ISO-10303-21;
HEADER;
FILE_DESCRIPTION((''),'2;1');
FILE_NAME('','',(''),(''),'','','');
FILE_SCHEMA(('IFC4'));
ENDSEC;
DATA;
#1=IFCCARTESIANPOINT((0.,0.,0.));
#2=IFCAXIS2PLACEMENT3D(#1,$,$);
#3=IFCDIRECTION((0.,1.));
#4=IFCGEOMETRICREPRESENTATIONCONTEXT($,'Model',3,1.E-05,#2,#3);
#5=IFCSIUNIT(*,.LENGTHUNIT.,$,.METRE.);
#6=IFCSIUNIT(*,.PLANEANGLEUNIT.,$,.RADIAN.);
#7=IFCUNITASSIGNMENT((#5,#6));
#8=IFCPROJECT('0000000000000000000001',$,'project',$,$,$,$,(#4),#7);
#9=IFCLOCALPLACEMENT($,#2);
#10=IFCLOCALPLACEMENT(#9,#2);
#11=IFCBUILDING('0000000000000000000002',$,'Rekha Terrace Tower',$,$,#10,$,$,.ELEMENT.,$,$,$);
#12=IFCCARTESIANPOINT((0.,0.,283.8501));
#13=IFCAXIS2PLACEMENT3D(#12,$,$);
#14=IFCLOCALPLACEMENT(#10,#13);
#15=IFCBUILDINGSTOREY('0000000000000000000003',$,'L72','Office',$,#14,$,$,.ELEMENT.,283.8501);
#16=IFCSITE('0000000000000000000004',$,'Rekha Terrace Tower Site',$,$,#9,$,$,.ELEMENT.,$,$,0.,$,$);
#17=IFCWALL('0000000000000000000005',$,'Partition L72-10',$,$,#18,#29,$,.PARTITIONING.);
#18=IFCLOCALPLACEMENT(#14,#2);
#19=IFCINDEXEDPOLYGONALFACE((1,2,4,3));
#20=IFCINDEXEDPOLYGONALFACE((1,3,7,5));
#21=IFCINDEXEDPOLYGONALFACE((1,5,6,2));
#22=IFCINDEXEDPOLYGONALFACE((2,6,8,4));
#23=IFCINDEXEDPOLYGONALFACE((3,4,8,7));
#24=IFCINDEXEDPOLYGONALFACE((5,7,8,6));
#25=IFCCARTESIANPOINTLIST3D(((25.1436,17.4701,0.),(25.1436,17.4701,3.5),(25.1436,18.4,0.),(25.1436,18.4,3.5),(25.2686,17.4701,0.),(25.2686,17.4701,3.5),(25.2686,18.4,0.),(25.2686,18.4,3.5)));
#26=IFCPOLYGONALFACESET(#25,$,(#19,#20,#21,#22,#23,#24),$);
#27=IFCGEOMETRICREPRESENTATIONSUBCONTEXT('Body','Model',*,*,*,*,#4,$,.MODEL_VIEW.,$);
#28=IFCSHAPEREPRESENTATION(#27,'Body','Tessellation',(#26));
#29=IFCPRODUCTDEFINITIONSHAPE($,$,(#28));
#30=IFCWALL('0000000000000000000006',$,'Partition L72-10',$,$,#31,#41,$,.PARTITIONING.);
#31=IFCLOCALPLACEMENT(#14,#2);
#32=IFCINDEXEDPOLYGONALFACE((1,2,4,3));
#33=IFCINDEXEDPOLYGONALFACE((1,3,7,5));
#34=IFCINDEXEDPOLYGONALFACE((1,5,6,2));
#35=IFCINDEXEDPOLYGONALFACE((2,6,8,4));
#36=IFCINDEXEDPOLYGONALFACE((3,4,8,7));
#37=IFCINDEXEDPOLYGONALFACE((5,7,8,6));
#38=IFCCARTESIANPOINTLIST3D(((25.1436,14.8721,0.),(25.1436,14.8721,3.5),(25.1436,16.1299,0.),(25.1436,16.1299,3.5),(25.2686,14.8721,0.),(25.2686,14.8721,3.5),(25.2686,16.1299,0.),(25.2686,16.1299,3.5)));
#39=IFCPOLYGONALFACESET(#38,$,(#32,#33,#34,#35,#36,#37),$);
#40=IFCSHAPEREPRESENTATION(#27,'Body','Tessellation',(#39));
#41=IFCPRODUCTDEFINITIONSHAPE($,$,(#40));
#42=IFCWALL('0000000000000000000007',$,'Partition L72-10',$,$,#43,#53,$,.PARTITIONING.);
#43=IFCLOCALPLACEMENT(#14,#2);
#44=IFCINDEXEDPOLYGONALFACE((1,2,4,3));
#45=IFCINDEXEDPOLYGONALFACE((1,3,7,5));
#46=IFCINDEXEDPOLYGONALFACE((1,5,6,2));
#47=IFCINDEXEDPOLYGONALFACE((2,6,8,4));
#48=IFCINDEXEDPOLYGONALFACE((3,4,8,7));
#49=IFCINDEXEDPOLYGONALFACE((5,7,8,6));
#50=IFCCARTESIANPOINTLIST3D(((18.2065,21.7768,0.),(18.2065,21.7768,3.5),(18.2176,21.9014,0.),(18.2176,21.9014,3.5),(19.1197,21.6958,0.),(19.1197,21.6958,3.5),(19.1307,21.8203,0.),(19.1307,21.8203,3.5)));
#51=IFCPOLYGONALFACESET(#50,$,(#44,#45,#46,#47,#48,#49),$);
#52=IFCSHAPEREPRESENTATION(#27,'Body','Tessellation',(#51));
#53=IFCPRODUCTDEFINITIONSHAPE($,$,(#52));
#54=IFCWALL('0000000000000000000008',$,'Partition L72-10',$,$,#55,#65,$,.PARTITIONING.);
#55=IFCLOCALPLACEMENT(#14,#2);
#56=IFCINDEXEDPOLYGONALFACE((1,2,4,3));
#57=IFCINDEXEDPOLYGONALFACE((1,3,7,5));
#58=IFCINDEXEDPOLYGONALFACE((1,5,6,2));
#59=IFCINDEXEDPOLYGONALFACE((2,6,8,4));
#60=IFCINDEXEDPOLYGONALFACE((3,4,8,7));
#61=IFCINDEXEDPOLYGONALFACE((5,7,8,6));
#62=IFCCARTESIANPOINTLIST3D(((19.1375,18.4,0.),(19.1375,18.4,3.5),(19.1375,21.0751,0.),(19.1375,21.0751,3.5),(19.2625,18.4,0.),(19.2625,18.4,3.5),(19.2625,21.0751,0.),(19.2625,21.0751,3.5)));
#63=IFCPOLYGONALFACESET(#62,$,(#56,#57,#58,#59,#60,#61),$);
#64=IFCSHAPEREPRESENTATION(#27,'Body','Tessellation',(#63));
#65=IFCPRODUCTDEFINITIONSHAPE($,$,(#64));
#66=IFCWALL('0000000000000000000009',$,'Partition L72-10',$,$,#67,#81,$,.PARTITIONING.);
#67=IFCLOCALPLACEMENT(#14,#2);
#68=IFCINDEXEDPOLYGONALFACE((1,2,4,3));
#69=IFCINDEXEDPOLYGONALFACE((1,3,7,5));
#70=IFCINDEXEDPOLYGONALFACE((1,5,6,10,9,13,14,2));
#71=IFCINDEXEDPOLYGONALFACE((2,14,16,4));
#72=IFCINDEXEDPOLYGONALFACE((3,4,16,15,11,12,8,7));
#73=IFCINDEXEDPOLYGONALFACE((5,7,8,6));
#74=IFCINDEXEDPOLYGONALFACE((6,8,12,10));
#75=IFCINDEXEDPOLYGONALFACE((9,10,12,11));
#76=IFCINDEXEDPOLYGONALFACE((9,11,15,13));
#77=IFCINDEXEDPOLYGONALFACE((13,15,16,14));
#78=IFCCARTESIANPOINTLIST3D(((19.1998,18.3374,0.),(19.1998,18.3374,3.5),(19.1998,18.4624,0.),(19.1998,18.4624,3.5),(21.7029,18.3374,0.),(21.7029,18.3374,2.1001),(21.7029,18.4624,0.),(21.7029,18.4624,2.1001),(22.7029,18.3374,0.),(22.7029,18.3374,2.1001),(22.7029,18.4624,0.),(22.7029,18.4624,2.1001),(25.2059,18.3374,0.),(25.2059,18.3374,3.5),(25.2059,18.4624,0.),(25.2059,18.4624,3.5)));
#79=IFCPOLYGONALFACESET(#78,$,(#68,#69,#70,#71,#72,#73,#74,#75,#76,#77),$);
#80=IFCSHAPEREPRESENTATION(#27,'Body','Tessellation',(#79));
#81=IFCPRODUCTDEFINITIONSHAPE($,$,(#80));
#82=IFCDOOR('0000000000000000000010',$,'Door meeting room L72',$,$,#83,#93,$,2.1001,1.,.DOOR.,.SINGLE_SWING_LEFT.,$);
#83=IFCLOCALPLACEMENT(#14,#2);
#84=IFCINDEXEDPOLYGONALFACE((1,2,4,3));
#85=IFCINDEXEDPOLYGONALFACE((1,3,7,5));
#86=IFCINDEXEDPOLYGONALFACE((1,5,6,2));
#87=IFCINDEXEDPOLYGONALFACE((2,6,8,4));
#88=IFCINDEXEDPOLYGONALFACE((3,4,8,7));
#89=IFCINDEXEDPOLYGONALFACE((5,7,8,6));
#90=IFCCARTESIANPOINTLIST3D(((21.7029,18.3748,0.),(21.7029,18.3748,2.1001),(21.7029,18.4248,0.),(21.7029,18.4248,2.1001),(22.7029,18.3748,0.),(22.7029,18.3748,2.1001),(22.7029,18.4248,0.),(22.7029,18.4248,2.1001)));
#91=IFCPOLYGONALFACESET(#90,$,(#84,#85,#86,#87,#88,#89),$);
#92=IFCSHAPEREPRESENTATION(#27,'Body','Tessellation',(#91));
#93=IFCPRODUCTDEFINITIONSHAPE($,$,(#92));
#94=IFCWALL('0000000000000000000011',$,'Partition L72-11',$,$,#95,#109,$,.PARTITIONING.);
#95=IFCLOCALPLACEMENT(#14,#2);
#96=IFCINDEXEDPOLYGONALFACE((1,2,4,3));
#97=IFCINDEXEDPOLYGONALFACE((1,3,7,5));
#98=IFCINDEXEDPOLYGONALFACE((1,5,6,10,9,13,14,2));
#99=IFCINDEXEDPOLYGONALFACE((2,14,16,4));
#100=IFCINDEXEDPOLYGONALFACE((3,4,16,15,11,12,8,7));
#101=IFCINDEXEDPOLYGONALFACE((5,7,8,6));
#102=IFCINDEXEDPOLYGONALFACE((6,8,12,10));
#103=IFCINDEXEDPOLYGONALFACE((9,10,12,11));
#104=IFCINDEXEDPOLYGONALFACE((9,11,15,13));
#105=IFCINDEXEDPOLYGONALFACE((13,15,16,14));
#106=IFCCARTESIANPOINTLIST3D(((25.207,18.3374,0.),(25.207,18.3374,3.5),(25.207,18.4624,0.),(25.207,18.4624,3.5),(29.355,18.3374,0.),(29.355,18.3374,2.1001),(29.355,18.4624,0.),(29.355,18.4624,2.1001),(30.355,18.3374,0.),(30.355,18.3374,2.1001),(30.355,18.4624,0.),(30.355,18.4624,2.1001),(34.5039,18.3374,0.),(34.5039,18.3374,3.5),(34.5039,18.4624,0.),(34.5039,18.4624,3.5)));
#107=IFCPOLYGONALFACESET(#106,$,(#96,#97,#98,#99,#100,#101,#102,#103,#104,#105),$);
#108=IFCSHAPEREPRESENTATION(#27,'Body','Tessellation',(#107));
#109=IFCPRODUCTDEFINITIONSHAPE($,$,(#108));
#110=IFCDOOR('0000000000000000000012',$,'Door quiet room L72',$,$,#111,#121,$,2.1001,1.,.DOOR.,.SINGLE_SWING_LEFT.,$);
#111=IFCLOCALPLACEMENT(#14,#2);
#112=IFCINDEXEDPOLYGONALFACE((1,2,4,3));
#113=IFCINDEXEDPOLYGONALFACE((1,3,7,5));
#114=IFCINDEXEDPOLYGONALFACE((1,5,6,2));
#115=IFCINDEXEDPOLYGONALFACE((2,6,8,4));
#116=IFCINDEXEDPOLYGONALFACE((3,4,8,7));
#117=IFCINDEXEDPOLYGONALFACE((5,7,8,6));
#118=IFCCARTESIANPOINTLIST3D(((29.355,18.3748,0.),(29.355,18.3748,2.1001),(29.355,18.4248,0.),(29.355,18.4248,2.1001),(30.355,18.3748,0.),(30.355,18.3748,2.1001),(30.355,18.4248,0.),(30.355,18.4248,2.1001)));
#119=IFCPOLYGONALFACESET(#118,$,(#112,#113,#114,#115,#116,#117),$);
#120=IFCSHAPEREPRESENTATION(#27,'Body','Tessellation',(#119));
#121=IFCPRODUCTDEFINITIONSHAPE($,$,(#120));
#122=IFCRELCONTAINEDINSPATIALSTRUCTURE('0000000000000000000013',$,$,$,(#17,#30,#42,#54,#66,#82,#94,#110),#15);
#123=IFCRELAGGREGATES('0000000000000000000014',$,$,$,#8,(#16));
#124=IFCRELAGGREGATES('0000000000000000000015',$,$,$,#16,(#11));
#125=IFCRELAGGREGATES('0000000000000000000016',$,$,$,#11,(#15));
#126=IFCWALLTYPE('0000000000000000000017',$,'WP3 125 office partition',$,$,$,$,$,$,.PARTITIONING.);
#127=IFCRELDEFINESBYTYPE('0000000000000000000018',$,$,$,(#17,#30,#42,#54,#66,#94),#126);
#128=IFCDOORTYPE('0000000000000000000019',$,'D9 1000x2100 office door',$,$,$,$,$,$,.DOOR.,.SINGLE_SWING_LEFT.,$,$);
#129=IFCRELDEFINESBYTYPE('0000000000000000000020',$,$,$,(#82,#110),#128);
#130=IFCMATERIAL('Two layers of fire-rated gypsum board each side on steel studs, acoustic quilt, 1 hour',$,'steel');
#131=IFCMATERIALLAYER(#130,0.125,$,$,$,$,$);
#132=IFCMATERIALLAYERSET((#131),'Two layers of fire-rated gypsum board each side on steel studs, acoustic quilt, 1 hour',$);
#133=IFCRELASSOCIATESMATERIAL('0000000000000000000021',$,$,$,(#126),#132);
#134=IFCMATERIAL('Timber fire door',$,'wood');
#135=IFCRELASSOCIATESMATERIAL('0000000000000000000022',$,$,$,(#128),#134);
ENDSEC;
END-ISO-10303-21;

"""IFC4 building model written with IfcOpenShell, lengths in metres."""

from ifc_helpers import new_model, si_unit, direction, frame, frame_2d, origin, place, context, subcontext, project, spatial, rectangle, extrude, material, layer, layer_set, type_object, element, fill, save


model = new_model("IFC4")

# Units and contexts
model_context = context("Model", 3, precision=1e-05, world=origin(), true_north=direction((0.0, 1.0)))
body_context = subcontext(model_context, "Body", "Model", "MODEL_VIEW")
ifc_project = project(units=[si_unit("LENGTHUNIT", "METRE"), si_unit("PLANEANGLEUNIT", "RADIAN")], contexts=[model_context])

# Site, building, storey
site_placement = place(None, origin())
site = spatial("IfcSite", under=ifc_project, at=site_placement, Name="Rekha Terrace Tower Site", CompositionType="ELEMENT", RefElevation=0.0)
building_placement = place(site_placement, origin())
building = spatial("IfcBuilding", under=site, at=building_placement, Name="Rekha Terrace Tower", CompositionType="ELEMENT")
storey_placement = place(building_placement, frame((0.0, 0.0, 283.8501)))
storey = spatial("IfcBuildingStorey", under=building, at=storey_placement, Name="L72", Description="Office", CompositionType="ELEMENT", Elevation=283.8501)

# Walls
ifc_material_1 = material(Name="Two layers of fire-rated gypsum board each side on steel studs, acoustic quilt, 1 hour", Category="steel")
ifc_layer_1 = layer(ifc_material_1, 0.125)
ifc_layer_set_1 = layer_set([ifc_layer_1], Name="Two layers of fire-rated gypsum board each side on steel studs, acoustic quilt, 1 hour")
wall_type_1 = type_object("IfcWallType", Name="WP3 125 office partition", PredefinedType="PARTITIONING", material=ifc_layer_set_1)
wall_1_placement = place(storey_placement, frame((25.2061, 18.3999, 0.0), z_axis=(0.0, 0.0, 1.0), x_axis=(0.0, -1.0, 0.0)))
element("IfcWall", 1, at=wall_1_placement, inside=storey, type_object=wall_type_1, Name="Partition L72-10", PredefinedType="PARTITIONING", context=body_context, shape_type="SweptSolid", body=[
    extrude(rectangle(XDim=0.9299, YDim=0.125, at=frame_2d((0.4648, 0.0))), origin(), (0.0, 0.0, 1.0), 3.5),
])
wall_2_placement = place(storey_placement, frame((25.2061, 16.1299, 0.0), z_axis=(0.0, 0.0, 1.0), x_axis=(0.0, -1.0, 0.0)))
element("IfcWall", 2, at=wall_2_placement, inside=storey, type_object=wall_type_1, Name="Partition L72-10", PredefinedType="PARTITIONING", context=body_context, shape_type="SweptSolid", body=[
    extrude(rectangle(XDim=1.2578, YDim=0.125, at=frame_2d((0.6289, 0.0))), origin(), (0.0, 0.0, 1.0), 3.5),
])
wall_3_placement = place(storey_placement, frame((18.2119, 21.8391, 0.0), z_axis=(0.0, 0.0, 1.0), x_axis=(0.996083, -0.088422, 0.0)))
element("IfcWall", 3, at=wall_3_placement, inside=storey, type_object=wall_type_1, Name="Partition L72-10", PredefinedType="PARTITIONING", context=body_context, shape_type="SweptSolid", body=[
    extrude(rectangle(XDim=0.9167, YDim=0.125, at=frame_2d((0.4585, 0.0))), origin(), (0.0, 0.0, 1.0), 3.5),
])
wall_4_placement = place(storey_placement, frame((19.2, 21.075, 0.0), z_axis=(0.0, 0.0, 1.0), x_axis=(0.0, -1.0, 0.0)))
element("IfcWall", 4, at=wall_4_placement, inside=storey, type_object=wall_type_1, Name="Partition L72-10", PredefinedType="PARTITIONING", context=body_context, shape_type="SweptSolid", body=[
    extrude(rectangle(XDim=2.675, YDim=0.125, at=frame_2d((1.3374, 0.0))), origin(), (0.0, 0.0, 1.0), 3.5),
])

# Walls, openings, doors
wall_5_placement = place(storey_placement, frame((19.2, 18.3999, 0.0), z_axis=(0.0, 0.0, 1.0), x_axis=(1.0, 0.0, 0.0)))
wall_5 = element("IfcWall", 5, at=wall_5_placement, inside=storey, type_object=wall_type_1, Name="Partition L72-10", PredefinedType="PARTITIONING", context=body_context, shape_type="SweptSolid", body=[
    extrude(rectangle(XDim=6.0061, YDim=0.125, at=frame_2d((3.0029, 0.0))), origin(), (0.0, 0.0, 1.0), 3.5),
])
opening_1_placement = place(wall_5_placement, frame((2.5029, 0.0, 0.0)))
opening_1 = element("IfcOpeningElement", 6, at=opening_1_placement, cuts=wall_5, PredefinedType="OPENING", context=body_context, shape_type="SweptSolid", body=[
    extrude(rectangle(XDim=1.0, YDim=2.1001, at=frame_2d((0.5, 1.05))), frame((0.0, 0.0725, 0.0), z_axis=(0.0, -1.0, 0.0), x_axis=(1.0, 0.0, 0.0)), (0.0, 0.0, 1.0), 0.145),
])
ifc_material_2 = material(Name="Timber fire door", Category="wood")
door_type_1 = type_object("IfcDoorType", Name="D9 1000x2100 office door", OperationType="SINGLE_SWING_LEFT", PredefinedType="DOOR", material=ifc_material_2)
door_1_placement = place(opening_1_placement, origin())
door_1 = element("IfcDoor", 7, at=door_1_placement, inside=storey, type_object=door_type_1, Name="Door meeting room L72", OperationType="SINGLE_SWING_LEFT", OverallHeight=2.1001, OverallWidth=1.0, PredefinedType="DOOR", context=body_context, shape_type="SweptSolid", body=[
    extrude(rectangle(XDim=1.0, YDim=2.1001, at=frame_2d((0.5, 1.05))), frame((0.0, 0.0249, 0.0), z_axis=(0.0, -1.0, 0.0), x_axis=(1.0, 0.0, 0.0)), (0.0, 0.0, 1.0), 0.05),
])
fill(opening_1, door_1)
wall_6_placement = place(storey_placement, frame((25.207, 18.3999, 0.0), z_axis=(0.0, 0.0, 1.0), x_axis=(1.0, 0.0, 0.0)))
wall_6 = element("IfcWall", 8, at=wall_6_placement, inside=storey, type_object=wall_type_1, Name="Partition L72-11", PredefinedType="PARTITIONING", context=body_context, shape_type="SweptSolid", body=[
    extrude(rectangle(XDim=9.2969, YDim=0.125, at=frame_2d((4.6484, 0.0))), origin(), (0.0, 0.0, 1.0), 3.5),
])
opening_2_placement = place(wall_6_placement, frame((4.1479, 0.0, 0.0)))
opening_2 = element("IfcOpeningElement", 9, at=opening_2_placement, cuts=wall_6, PredefinedType="OPENING", context=body_context, shape_type="SweptSolid", body=[
    extrude(rectangle(XDim=1.0, YDim=2.1001, at=frame_2d((0.5, 1.05))), frame((0.0, 0.0725, 0.0), z_axis=(0.0, -1.0, 0.0), x_axis=(1.0, 0.0, 0.0)), (0.0, 0.0, 1.0), 0.145),
])
door_2_placement = place(opening_2_placement, origin())
door_2 = element("IfcDoor", 10, at=door_2_placement, inside=storey, type_object=door_type_1, Name="Door quiet room L72", OperationType="SINGLE_SWING_LEFT", OverallHeight=2.1001, OverallWidth=1.0, PredefinedType="DOOR", context=body_context, shape_type="SweptSolid", body=[
    extrude(rectangle(XDim=1.0, YDim=2.1001, at=frame_2d((0.5, 1.05))), frame((0.0, 0.0249, 0.0), z_axis=(0.0, -1.0, 0.0), x_axis=(1.0, 0.0, 0.0)), (0.0, 0.0, 1.0), 0.05),
])
fill(opening_2, door_2)

save(model, "model.ifc")
